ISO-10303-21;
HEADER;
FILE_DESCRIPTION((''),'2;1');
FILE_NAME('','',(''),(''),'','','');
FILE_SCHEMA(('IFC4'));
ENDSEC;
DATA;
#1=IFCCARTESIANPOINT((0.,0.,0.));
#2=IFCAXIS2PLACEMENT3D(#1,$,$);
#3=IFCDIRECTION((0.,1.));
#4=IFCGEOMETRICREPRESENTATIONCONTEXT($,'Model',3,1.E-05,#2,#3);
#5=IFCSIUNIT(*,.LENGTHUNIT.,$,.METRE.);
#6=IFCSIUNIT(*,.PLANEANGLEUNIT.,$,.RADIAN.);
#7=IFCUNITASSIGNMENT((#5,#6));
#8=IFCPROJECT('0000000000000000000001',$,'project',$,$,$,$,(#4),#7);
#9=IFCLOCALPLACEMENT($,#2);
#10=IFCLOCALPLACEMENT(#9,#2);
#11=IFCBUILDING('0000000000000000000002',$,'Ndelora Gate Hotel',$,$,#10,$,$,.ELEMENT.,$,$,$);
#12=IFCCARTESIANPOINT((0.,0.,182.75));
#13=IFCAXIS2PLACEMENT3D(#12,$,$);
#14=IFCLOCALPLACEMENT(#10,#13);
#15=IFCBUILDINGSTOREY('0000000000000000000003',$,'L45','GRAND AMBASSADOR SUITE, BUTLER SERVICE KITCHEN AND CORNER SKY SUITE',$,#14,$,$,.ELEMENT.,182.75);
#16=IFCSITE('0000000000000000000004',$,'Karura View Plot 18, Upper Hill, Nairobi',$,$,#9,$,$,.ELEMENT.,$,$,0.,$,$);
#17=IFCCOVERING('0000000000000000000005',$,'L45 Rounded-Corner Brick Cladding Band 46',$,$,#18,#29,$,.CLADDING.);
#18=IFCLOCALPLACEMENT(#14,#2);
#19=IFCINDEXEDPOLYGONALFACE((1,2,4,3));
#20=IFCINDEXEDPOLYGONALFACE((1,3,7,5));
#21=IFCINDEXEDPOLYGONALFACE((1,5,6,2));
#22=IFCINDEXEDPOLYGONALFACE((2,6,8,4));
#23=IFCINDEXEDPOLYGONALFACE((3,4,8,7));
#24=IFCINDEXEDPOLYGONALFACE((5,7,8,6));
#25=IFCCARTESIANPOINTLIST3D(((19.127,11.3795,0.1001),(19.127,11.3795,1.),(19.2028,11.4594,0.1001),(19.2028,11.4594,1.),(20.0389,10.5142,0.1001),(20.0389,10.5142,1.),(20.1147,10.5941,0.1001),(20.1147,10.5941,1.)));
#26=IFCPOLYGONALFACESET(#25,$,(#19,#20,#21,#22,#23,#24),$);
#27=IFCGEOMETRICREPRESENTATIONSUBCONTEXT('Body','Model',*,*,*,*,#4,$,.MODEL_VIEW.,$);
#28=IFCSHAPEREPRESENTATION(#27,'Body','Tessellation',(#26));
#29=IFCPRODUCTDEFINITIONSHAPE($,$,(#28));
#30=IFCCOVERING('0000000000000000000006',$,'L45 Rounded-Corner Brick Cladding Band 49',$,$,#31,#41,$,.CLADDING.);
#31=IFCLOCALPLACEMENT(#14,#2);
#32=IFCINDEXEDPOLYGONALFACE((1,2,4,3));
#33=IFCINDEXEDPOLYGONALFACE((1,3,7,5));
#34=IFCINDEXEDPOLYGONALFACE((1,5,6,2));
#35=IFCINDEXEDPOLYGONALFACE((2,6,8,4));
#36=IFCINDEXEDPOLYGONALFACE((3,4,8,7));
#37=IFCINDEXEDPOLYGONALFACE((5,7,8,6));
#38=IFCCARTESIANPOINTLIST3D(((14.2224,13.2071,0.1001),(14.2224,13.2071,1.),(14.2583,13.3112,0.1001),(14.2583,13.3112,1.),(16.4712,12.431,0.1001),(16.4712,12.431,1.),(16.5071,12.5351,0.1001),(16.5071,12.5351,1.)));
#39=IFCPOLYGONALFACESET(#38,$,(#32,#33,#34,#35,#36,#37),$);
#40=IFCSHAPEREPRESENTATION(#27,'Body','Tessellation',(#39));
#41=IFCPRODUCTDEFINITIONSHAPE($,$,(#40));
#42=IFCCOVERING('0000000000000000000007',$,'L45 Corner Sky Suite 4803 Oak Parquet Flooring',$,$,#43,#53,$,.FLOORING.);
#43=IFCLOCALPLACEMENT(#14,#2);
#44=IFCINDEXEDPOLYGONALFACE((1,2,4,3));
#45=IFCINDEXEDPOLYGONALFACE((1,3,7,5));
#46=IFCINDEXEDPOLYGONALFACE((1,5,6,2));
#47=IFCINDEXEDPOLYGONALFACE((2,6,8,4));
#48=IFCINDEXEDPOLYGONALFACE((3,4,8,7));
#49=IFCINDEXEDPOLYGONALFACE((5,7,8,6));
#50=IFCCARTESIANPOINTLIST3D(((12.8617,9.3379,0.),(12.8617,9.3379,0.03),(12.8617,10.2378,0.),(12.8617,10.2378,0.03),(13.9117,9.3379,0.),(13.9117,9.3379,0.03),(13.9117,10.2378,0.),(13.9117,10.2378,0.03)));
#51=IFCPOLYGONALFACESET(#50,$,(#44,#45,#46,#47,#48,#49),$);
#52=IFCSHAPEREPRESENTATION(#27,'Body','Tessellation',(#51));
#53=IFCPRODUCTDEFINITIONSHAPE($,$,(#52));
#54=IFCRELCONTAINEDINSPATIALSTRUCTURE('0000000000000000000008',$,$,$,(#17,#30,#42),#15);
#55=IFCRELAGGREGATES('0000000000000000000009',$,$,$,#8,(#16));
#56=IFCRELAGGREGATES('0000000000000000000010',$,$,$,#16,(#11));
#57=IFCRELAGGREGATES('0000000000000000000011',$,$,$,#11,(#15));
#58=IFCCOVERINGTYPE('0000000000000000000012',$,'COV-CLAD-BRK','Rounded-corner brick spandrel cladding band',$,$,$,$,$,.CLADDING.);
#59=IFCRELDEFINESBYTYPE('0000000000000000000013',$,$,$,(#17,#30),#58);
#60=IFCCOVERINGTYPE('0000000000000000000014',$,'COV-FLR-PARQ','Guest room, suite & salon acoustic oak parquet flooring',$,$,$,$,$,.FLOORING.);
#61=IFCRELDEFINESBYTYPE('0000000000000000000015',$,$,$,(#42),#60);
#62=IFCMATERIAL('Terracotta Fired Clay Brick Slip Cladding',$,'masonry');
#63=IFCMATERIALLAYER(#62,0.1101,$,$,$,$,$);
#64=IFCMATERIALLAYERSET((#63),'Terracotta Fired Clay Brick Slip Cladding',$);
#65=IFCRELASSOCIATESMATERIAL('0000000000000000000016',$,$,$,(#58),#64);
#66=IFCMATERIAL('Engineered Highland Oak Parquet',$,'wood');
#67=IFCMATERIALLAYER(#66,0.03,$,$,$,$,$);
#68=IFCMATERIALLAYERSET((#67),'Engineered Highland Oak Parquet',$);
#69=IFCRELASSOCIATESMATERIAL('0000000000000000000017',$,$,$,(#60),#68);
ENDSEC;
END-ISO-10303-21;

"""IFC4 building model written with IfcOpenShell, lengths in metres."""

from ifc_helpers import new_model, si_unit, direction, frame, origin, origin_2d, place, context, subcontext, project, spatial, rectangle, extrude, material, layer, layer_set, type_object, element, save


model = new_model("IFC4")

# Units and contexts
model_context = context("Model", 3, precision=1e-05, world=origin(), true_north=direction((0.0, 1.0)))
body_context = subcontext(model_context, "Body", "Model", "MODEL_VIEW")
ifc_project = project(units=[si_unit("LENGTHUNIT", "METRE"), si_unit("PLANEANGLEUNIT", "RADIAN")], contexts=[model_context])

# Site, building, storey
site_placement = place(None, origin())
site = spatial("IfcSite", under=ifc_project, at=site_placement, Name="Karura View Plot 18, Upper Hill, Nairobi", CompositionType="ELEMENT", RefElevation=0.0)
building_placement = place(site_placement, origin())
building = spatial("IfcBuilding", under=site, at=building_placement, Name="Ndelora Gate Hotel", CompositionType="ELEMENT")
storey_placement = place(building_placement, frame((0.0, 0.0, 182.75)))
storey = spatial("IfcBuildingStorey", under=building, at=storey_placement, Name="L45", Description="GRAND AMBASSADOR SUITE, BUTLER SERVICE KITCHEN AND CORNER SKY SUITE", CompositionType="ELEMENT", Elevation=182.75)

# Coverings
ifc_material_1 = material(Name="Terracotta Fired Clay Brick Slip Cladding", Category="masonry")
ifc_layer_1 = layer(ifc_material_1, 0.1101)
ifc_layer_set_1 = layer_set([ifc_layer_1], Name="Terracotta Fired Clay Brick Slip Cladding")
covering_type_1 = type_object("IfcCoveringType", Name="COV-CLAD-BRK", Description="Rounded-corner brick spandrel cladding band", PredefinedType="CLADDING", material=ifc_layer_set_1)
for number, where, z_axis, x_axis, name in (
    (1, (19.6208, 10.9868, 0.1001), (0.0, 0.0, 1.0), (-0.725374, 0.688355, 0.0), "L45 Rounded-Corner Brick Cladding Band 46"),
):
    element("IfcCovering", number, at=place(storey_placement, frame(where, z_axis=z_axis, x_axis=x_axis)), inside=storey, type_object=covering_type_1, Name=name, PredefinedType="CLADDING", context=body_context, shape_type="SweptSolid", body=[
        extrude(rectangle(XDim=1.2571, YDim=0.1101, at=origin_2d()), origin(), (0.0, 0.0, 1.0), 0.8999),
    ])
covering_1_placement = place(storey_placement, frame((15.3647, 12.8711, 0.1001), z_axis=(0.0, 0.0, 1.0), x_axis=(-0.945291, 0.326228, 0.0)))
element("IfcCovering", 2, at=covering_1_placement, inside=storey, type_object=covering_type_1, Name="L45 Rounded-Corner Brick Cladding Band 49", PredefinedType="CLADDING", context=body_context, shape_type="SweptSolid", body=[
    extrude(rectangle(XDim=2.3789, YDim=0.1101, at=origin_2d()), origin(), (0.0, 0.0, 1.0), 0.8999),
])
ifc_material_2 = material(Name="Engineered Highland Oak Parquet", Category="wood")
ifc_layer_2 = layer(ifc_material_2, 0.03)
ifc_layer_set_2 = layer_set([ifc_layer_2], Name="Engineered Highland Oak Parquet")
covering_type_2 = type_object("IfcCoveringType", Name="COV-FLR-PARQ", Description="Guest room, suite & salon acoustic oak parquet flooring", PredefinedType="FLOORING", material=ifc_layer_set_2)
covering_2_placement = place(storey_placement, frame((13.3867, 9.7878, 0.0), z_axis=(0.0, 0.0, 1.0), x_axis=(1.0, 0.0, 0.0)))
element("IfcCovering", 3, at=covering_2_placement, inside=storey, type_object=covering_type_2, Name="L45 Corner Sky Suite 4803 Oak Parquet Flooring", PredefinedType="FLOORING", context=body_context, shape_type="SweptSolid", body=[
    extrude(rectangle(XDim=1.05, YDim=0.8999, at=origin_2d()), origin(), (0.0, 0.0, 1.0), 0.03),
])

save(model, "model.ifc")
